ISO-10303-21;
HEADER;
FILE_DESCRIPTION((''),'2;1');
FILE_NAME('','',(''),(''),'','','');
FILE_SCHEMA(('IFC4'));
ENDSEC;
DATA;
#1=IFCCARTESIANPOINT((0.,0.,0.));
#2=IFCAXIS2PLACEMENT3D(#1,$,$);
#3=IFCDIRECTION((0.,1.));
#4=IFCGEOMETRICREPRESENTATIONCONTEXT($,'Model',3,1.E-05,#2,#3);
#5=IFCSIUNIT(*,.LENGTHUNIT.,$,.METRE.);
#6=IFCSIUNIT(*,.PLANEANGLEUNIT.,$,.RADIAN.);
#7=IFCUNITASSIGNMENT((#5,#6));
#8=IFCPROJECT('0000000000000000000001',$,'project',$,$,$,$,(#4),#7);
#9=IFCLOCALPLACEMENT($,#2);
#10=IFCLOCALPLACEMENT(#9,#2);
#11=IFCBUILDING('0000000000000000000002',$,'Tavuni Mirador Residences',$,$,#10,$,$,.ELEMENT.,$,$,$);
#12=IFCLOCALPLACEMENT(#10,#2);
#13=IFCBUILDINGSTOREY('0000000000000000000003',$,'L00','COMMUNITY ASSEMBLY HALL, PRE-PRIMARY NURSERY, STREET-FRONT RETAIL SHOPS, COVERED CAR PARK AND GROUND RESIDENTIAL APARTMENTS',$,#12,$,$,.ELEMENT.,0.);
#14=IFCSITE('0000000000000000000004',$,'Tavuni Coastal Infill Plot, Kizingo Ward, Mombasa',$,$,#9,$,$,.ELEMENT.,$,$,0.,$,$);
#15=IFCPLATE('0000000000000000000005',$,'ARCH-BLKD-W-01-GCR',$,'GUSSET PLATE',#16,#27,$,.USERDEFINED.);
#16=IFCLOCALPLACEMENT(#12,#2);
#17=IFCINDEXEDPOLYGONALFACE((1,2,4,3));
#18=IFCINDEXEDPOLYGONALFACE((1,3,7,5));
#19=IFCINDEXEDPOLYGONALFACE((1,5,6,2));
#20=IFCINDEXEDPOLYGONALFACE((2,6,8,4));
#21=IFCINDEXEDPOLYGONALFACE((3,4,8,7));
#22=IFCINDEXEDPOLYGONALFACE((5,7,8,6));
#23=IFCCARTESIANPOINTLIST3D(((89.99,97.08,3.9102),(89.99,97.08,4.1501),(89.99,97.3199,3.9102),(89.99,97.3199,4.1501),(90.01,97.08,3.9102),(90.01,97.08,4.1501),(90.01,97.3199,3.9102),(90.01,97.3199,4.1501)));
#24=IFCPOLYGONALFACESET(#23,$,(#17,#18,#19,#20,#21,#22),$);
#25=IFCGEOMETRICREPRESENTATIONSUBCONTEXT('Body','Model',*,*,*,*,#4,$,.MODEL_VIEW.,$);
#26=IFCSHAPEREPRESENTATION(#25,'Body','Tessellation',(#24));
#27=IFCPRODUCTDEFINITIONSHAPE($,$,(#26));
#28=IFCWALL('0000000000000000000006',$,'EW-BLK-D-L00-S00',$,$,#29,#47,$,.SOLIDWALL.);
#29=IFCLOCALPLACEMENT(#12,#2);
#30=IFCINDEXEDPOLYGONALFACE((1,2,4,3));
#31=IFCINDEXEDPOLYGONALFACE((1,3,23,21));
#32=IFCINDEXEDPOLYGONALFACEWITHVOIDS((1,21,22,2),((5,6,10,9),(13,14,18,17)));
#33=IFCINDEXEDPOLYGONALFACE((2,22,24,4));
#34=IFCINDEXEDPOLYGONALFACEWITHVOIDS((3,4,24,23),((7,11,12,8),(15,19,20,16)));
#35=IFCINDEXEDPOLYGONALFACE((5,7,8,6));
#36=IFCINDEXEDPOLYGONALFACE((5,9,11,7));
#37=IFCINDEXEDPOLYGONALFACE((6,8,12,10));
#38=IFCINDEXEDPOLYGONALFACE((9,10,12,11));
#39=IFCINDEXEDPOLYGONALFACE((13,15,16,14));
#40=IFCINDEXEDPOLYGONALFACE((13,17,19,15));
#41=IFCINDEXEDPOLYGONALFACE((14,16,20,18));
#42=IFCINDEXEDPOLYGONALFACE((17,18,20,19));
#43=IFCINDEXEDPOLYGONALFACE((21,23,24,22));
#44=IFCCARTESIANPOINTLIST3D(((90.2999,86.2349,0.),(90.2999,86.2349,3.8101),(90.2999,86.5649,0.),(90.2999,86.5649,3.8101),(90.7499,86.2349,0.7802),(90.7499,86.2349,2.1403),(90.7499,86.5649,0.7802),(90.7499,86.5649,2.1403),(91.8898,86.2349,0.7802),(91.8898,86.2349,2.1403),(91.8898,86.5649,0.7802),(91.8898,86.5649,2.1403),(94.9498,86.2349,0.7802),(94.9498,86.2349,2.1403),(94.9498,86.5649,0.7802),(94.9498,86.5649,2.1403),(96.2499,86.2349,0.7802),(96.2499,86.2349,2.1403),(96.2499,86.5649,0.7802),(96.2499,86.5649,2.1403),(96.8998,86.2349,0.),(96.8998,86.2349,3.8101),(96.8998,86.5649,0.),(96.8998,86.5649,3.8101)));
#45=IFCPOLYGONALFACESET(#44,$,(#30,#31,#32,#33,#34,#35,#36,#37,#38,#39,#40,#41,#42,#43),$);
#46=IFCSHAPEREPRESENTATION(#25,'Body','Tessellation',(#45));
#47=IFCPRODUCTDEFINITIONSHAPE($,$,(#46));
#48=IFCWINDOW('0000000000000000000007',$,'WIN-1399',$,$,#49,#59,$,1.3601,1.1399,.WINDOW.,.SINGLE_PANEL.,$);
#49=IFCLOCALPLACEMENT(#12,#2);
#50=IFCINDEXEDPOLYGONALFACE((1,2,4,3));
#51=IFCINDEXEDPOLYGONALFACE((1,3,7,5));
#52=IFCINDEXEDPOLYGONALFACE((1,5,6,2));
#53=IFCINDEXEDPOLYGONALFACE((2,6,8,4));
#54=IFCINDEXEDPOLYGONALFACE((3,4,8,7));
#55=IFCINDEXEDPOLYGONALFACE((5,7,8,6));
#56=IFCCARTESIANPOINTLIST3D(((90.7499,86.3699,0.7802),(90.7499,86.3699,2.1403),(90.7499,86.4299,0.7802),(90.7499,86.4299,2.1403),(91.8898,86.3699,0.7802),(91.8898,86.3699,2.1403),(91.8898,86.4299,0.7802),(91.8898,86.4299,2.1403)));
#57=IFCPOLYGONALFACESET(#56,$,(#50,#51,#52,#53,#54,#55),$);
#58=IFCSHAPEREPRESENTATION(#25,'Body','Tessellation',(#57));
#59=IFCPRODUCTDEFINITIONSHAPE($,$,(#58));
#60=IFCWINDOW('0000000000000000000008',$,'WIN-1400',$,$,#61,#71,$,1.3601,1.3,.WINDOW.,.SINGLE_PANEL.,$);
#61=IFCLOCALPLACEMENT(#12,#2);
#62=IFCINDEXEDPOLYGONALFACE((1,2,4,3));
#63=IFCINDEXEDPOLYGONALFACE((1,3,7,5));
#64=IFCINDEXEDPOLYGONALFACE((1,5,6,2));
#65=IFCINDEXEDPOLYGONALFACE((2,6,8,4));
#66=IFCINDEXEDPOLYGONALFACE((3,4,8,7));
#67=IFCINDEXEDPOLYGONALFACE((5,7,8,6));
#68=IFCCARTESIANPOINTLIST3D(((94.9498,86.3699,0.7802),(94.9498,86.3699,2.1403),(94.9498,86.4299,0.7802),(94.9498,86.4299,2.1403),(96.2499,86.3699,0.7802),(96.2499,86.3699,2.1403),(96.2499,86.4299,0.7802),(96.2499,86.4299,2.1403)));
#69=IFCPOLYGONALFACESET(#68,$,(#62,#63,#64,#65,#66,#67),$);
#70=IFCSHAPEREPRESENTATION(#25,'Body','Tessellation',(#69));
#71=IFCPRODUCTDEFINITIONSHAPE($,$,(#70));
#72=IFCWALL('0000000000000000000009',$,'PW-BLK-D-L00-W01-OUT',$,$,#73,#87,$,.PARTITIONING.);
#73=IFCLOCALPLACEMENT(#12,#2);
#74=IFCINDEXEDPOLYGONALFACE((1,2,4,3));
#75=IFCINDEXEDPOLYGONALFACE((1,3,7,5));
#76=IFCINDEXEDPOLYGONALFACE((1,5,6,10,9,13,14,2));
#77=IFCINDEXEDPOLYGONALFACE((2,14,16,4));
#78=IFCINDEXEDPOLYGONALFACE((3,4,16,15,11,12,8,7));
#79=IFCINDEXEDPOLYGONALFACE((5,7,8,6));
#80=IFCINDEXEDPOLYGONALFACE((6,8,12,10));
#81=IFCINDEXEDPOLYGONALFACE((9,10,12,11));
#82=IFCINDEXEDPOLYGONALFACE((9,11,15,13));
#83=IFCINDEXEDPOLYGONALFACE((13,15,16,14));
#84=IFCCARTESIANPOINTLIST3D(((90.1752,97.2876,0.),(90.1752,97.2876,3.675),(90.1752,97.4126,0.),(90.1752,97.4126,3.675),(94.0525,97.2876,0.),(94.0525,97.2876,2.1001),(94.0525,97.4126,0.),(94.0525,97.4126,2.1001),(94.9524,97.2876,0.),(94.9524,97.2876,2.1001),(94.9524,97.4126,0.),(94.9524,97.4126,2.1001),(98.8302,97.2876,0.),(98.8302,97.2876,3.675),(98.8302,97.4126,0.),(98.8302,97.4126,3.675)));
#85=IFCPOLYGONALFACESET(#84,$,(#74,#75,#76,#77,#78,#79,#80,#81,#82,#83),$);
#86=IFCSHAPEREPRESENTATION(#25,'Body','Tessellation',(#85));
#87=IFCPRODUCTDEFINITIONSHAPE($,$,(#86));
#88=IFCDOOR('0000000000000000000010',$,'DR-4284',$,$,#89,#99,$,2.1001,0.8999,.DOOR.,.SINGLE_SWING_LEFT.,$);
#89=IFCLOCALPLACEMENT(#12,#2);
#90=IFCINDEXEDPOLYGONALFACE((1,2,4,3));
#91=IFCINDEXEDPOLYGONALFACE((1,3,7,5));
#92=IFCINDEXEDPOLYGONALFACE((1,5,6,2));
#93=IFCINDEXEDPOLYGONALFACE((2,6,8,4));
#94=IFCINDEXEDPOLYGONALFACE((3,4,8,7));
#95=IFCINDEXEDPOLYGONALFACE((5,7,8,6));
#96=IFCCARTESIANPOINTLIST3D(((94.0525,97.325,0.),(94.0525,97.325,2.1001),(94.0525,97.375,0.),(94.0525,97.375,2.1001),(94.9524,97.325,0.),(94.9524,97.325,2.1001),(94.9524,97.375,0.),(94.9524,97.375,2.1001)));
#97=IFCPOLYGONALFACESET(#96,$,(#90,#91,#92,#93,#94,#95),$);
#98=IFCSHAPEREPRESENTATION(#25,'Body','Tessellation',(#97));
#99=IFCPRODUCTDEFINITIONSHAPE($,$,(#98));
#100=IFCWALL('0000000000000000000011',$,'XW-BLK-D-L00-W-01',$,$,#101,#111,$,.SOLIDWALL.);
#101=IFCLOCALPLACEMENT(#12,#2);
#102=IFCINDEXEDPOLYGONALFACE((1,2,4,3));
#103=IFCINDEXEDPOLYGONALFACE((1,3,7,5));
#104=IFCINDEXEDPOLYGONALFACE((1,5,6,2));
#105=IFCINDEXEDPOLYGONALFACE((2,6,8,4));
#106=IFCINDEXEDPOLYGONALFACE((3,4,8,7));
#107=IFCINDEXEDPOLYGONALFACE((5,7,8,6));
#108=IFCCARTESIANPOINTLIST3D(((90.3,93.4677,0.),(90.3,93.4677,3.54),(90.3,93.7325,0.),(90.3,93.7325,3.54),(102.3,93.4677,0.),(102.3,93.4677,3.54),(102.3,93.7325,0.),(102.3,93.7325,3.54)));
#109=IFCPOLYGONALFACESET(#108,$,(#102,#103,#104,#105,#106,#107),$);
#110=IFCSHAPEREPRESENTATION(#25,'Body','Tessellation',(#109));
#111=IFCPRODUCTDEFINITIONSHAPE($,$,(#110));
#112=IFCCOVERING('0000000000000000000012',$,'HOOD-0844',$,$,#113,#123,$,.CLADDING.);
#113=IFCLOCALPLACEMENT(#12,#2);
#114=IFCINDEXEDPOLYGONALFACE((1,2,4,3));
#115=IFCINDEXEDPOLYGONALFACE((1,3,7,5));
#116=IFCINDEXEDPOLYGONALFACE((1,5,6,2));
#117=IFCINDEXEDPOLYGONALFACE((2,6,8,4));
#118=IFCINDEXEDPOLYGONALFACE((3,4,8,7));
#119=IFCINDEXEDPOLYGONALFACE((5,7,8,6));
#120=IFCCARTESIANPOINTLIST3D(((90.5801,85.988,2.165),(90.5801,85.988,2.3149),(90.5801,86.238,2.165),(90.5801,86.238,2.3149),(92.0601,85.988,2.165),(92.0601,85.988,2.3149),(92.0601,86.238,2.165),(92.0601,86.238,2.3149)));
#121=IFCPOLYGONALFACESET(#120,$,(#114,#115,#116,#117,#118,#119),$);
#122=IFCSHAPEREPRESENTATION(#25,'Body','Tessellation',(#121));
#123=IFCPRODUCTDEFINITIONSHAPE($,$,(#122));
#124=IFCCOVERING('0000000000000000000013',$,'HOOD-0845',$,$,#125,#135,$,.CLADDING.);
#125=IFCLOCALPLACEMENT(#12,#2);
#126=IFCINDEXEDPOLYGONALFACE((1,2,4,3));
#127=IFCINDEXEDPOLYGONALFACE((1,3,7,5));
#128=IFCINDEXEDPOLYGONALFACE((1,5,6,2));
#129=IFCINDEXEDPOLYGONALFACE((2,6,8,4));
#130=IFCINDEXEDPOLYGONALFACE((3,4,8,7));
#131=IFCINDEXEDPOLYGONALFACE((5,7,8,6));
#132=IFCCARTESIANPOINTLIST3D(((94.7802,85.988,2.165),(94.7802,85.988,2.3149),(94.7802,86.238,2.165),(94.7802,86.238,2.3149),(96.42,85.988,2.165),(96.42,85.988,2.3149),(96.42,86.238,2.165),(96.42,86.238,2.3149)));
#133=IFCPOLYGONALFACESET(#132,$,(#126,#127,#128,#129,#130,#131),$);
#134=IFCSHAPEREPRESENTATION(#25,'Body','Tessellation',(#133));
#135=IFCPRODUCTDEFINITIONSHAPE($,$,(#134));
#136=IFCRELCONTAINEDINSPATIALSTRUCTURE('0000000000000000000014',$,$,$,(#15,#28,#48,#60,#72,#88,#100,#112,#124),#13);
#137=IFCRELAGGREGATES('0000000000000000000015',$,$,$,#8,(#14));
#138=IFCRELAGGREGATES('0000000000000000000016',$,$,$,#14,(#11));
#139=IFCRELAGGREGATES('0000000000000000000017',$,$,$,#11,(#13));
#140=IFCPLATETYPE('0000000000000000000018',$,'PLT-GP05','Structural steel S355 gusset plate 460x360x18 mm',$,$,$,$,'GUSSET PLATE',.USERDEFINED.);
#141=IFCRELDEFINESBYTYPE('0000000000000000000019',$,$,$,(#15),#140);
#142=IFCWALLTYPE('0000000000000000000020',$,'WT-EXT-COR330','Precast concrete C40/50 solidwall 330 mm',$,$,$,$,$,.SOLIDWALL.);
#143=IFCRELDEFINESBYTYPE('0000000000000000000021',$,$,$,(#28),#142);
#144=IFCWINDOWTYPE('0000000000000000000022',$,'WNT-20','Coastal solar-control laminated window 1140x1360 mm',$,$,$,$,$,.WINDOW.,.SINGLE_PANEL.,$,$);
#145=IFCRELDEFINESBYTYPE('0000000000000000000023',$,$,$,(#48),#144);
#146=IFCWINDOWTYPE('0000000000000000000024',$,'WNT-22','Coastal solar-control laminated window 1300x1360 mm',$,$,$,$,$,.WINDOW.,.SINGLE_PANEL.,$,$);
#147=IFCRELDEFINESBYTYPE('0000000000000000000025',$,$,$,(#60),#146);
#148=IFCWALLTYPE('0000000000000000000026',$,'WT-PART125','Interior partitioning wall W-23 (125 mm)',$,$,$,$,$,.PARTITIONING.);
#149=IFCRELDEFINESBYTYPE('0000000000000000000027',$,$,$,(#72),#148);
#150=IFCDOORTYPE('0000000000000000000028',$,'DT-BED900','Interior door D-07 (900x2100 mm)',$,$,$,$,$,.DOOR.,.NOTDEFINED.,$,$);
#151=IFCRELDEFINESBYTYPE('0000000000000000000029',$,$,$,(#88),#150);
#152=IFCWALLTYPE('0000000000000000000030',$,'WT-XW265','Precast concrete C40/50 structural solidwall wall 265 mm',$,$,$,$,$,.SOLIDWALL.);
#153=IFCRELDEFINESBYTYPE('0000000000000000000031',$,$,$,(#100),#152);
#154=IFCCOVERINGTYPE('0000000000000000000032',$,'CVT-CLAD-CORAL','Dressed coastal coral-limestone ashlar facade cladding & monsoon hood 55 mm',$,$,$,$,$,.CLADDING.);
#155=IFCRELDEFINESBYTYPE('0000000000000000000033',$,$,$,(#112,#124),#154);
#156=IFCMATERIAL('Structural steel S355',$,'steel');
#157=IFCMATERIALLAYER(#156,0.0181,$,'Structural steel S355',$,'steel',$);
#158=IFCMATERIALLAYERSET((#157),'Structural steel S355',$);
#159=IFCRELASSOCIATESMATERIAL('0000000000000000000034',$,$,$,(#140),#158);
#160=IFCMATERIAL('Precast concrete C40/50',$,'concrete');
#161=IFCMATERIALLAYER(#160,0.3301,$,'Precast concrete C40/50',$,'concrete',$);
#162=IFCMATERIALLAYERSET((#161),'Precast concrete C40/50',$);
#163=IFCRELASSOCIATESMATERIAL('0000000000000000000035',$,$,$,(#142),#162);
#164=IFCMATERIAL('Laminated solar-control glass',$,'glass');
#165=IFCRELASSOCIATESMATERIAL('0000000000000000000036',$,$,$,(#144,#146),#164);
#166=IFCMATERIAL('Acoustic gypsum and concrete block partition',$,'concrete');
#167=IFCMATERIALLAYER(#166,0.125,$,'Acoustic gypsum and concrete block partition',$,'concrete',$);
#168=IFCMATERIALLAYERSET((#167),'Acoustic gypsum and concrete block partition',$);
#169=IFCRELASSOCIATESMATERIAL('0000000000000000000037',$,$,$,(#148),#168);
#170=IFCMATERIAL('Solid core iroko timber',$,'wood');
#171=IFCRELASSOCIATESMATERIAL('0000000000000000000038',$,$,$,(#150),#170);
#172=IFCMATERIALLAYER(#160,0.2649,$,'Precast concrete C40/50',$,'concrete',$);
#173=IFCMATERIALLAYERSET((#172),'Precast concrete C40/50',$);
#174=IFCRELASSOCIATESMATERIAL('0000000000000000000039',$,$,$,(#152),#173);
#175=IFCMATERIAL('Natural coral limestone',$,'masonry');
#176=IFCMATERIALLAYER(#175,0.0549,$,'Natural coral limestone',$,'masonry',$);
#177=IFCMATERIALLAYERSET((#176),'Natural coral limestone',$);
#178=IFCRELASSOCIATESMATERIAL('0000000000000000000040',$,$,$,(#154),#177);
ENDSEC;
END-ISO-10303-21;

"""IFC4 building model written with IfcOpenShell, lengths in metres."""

from ifc_helpers import new_model, si_unit, direction, frame, frame_2d, origin, origin_2d, place, context, subcontext, project, spatial, rectangle, extrude, material, layer, layer_set, type_object, element, fill, save


model = new_model("IFC4")

# Units and contexts
model_context = context("Model", 3, precision=1e-05, world=origin(), true_north=direction((0.0, 1.0)))
body_context = subcontext(model_context, "Body", "Model", "MODEL_VIEW")
ifc_project = project(units=[si_unit("LENGTHUNIT", "METRE"), si_unit("PLANEANGLEUNIT", "RADIAN")], contexts=[model_context])

# Site, building, storey
site_placement = place(None, origin())
site = spatial("IfcSite", under=ifc_project, at=site_placement, Name="Tavuni Coastal Infill Plot, Kizingo Ward, Mombasa", CompositionType="ELEMENT", RefElevation=0.0)
building_placement = place(site_placement, origin())
building = spatial("IfcBuilding", under=site, at=building_placement, Name="Tavuni Mirador Residences", CompositionType="ELEMENT")
storey_placement = place(building_placement, origin())
storey = spatial("IfcBuildingStorey", under=building, at=storey_placement, Name="L00", Description="COMMUNITY ASSEMBLY HALL, PRE-PRIMARY NURSERY, STREET-FRONT RETAIL SHOPS, COVERED CAR PARK AND GROUND RESIDENTIAL APARTMENTS", CompositionType="ELEMENT", Elevation=0.0)

# Shared definitions
ifc_material_1 = material(Name="Precast concrete C40/50", Category="concrete")

# Shared definitions
ifc_material_2 = material(Name="Structural steel S355", Category="steel")

# Plate
ifc_layer_1 = layer(ifc_material_2, 0.0181, Name="Structural steel S355", Category="steel")
ifc_layer_set_1 = layer_set([ifc_layer_1], Name="Structural steel S355")
plate_type = type_object("IfcPlateType", Name="PLT-GP05", Description="Structural steel S355 gusset plate 460x360x18 mm", ElementType="GUSSET PLATE", PredefinedType="USERDEFINED", material=ifc_layer_set_1)
for number, where, z_axis, x_axis, name in (
    (1, (90.0, 97.2, 3.9102), (0.0, 0.0, 1.0), (1.0, 0.0, 0.0), "ARCH-BLKD-W-01-GCR"),
):
    element("IfcPlate", number, at=place(storey_placement, frame(where, z_axis=z_axis, x_axis=x_axis)), inside=storey, type_object=plate_type, Name=name, ObjectType="GUSSET PLATE", PredefinedType="USERDEFINED", context=body_context, shape_type="SweptSolid", body=[
        extrude(rectangle(XDim=0.02, YDim=0.24, at=origin_2d()), origin(), (0.0, 0.0, 1.0), 0.24),
    ])

# Wall, openings, windows
ifc_layer_2 = layer(ifc_material_1, 0.3301, Name="Precast concrete C40/50", Category="concrete")
ifc_layer_set_2 = layer_set([ifc_layer_2], Name="Precast concrete C40/50")
wall_type_1 = type_object("IfcWallType", Name="WT-EXT-COR330", Description="Precast concrete C40/50 solidwall 330 mm", PredefinedType="SOLIDWALL", material=ifc_layer_set_2)
wall_1_placement = place(storey_placement, frame((90.3, 86.3999, 0.0), z_axis=(0.0, 0.0, 1.0), x_axis=(1.0, 0.0, 0.0)))
wall_1 = element("IfcWall", 2, at=wall_1_placement, inside=storey, type_object=wall_type_1, Name="EW-BLK-D-L00-S00", PredefinedType="SOLIDWALL", context=body_context, shape_type="SweptSolid", body=[
    extrude(rectangle(XDim=6.5999, YDim=0.3301, at=frame_2d((3.2998, 0.0))), origin(), (0.0, 0.0, 1.0), 3.8101),
])
opening_1_placement = place(wall_1_placement, frame((0.45, 0.0, 0.78)))
opening_1 = element("IfcOpeningElement", 3, at=opening_1_placement, cuts=wall_1, PredefinedType="OPENING", context=body_context, shape_type="SweptSolid", body=[
    extrude(rectangle(XDim=1.1399, YDim=1.3601, at=frame_2d((0.5698, 0.6802))), frame((0.0, 0.175, 0.0), z_axis=(0.0, -1.0, 0.0), x_axis=(1.0, 0.0, 0.0)), (0.0, 0.0, 1.0), 0.3501),
])
opening_2_placement = place(wall_1_placement, frame((4.6499, 0.0, 0.78)))
opening_2 = element("IfcOpeningElement", 4, at=opening_2_placement, cuts=wall_1, PredefinedType="OPENING", context=body_context, shape_type="SweptSolid", body=[
    extrude(rectangle(XDim=1.3, YDim=1.3601, at=frame_2d((0.6499, 0.6802))), frame((0.0, 0.175, 0.0), z_axis=(0.0, -1.0, 0.0), x_axis=(1.0, 0.0, 0.0)), (0.0, 0.0, 1.0), 0.3501),
])
ifc_material_3 = material(Name="Laminated solar-control glass", Category="glass")
window_type_1 = type_object("IfcWindowType", Name="WNT-20", Description="Coastal solar-control laminated window 1140x1360 mm", PartitioningType="SINGLE_PANEL", PredefinedType="WINDOW", material=ifc_material_3)
window_1_placement = place(opening_1_placement, origin())
window_1 = element("IfcWindow", 5, at=window_1_placement, inside=storey, type_object=window_type_1, Name="WIN-1399", OverallHeight=1.3601, OverallWidth=1.1399, PartitioningType="SINGLE_PANEL", PredefinedType="WINDOW", context=body_context, shape_type="SweptSolid", body=[
    extrude(rectangle(XDim=1.1399, YDim=1.3601, at=frame_2d((0.5698, 0.6802))), frame((0.0, 0.03, 0.0), z_axis=(0.0, -1.0, 0.0), x_axis=(1.0, 0.0, 0.0)), (0.0, 0.0, 1.0), 0.0601),
])
fill(opening_1, window_1)
window_type_2 = type_object("IfcWindowType", Name="WNT-22", Description="Coastal solar-control laminated window 1300x1360 mm", PartitioningType="SINGLE_PANEL", PredefinedType="WINDOW", material=ifc_material_3)
window_2_placement = place(opening_2_placement, origin())
window_2 = element("IfcWindow", 6, at=window_2_placement, inside=storey, type_object=window_type_2, Name="WIN-1400", OverallHeight=1.3601, OverallWidth=1.3, PartitioningType="SINGLE_PANEL", PredefinedType="WINDOW", context=body_context, shape_type="SweptSolid", body=[
    extrude(rectangle(XDim=1.3, YDim=1.3601, at=frame_2d((0.6499, 0.6802))), frame((0.0, 0.03, 0.0), z_axis=(0.0, -1.0, 0.0), x_axis=(1.0, 0.0, 0.0)), (0.0, 0.0, 1.0), 0.0601),
])
fill(opening_2, window_2)

# Wall, opening, door
ifc_material_4 = material(Name="Acoustic gypsum and concrete block partition", Category="concrete")
ifc_layer_3 = layer(ifc_material_4, 0.125, Name="Acoustic gypsum and concrete block partition", Category="concrete")
ifc_layer_set_3 = layer_set([ifc_layer_3], Name="Acoustic gypsum and concrete block partition")
wall_type_2 = type_object("IfcWallType", Name="WT-PART125", Description="Interior partitioning wall W-23 (125 mm)", PredefinedType="PARTITIONING", material=ifc_layer_set_3)
wall_2_placement = place(storey_placement, frame((90.175, 97.3501, 0.0), z_axis=(0.0, 0.0, 1.0), x_axis=(1.0, 0.0, 0.0)))
wall_2 = element("IfcWall", 7, at=wall_2_placement, inside=storey, type_object=wall_type_2, Name="PW-BLK-D-L00-W01-OUT", PredefinedType="PARTITIONING", context=body_context, shape_type="SweptSolid", body=[
    extrude(rectangle(XDim=8.655, YDim=0.125, at=frame_2d((4.3276, 0.0))), origin(), (0.0, 0.0, 1.0), 3.675),
])
opening_3_placement = place(wall_2_placement, frame((3.8774, 0.0, 0.0)))
opening_3 = element("IfcOpeningElement", 8, at=opening_3_placement, cuts=wall_2, PredefinedType="OPENING", context=body_context, shape_type="SweptSolid", body=[
    extrude(rectangle(XDim=0.8999, YDim=2.1001, at=frame_2d((0.45, 1.05))), frame((0.0, 0.0725, 0.0), z_axis=(0.0, -1.0, 0.0), x_axis=(1.0, 0.0, 0.0)), (0.0, 0.0, 1.0), 0.145),
])
ifc_material_5 = material(Name="Solid core iroko timber", Category="wood")
door_type = type_object("IfcDoorType", Name="DT-BED900", Description="Interior door D-07 (900x2100 mm)", OperationType="NOTDEFINED", PredefinedType="DOOR", material=ifc_material_5)
door_placement = place(opening_3_placement, origin())
door = element("IfcDoor", 9, at=door_placement, inside=storey, type_object=door_type, Name="DR-4284", OperationType="SINGLE_SWING_LEFT", OverallHeight=2.1001, OverallWidth=0.8999, PredefinedType="DOOR", context=body_context, shape_type="SweptSolid", body=[
    extrude(rectangle(XDim=0.8999, YDim=2.1001, at=frame_2d((0.45, 1.05))), frame((0.0, 0.0249, 0.0), z_axis=(0.0, -1.0, 0.0), x_axis=(1.0, 0.0, 0.0)), (0.0, 0.0, 1.0), 0.05),
])
fill(opening_3, door)

# Wall
ifc_layer_4 = layer(ifc_material_1, 0.2649, Name="Precast concrete C40/50", Category="concrete")
ifc_layer_set_4 = layer_set([ifc_layer_4], Name="Precast concrete C40/50")
wall_type_3 = type_object("IfcWallType", Name="WT-XW265", Description="Precast concrete C40/50 structural solidwall wall 265 mm", PredefinedType="SOLIDWALL", material=ifc_layer_set_4)
wall_3_placement = place(storey_placement, frame((90.3, 93.6001, 0.0), z_axis=(0.0, 0.0, 1.0), x_axis=(1.0, 0.0, 0.0)))
element("IfcWall", 10, at=wall_3_placement, inside=storey, type_object=wall_type_3, Name="XW-BLK-D-L00-W-01", PredefinedType="SOLIDWALL", context=body_context, shape_type="SweptSolid", body=[
    extrude(rectangle(XDim=12.0, YDim=0.2649, at=frame_2d((6.0, 0.0))), origin(), (0.0, 0.0, 1.0), 3.54),
])

# Coverings
ifc_material_6 = material(Name="Natural coral limestone", Category="masonry")
ifc_layer_5 = layer(ifc_material_6, 0.0549, Name="Natural coral limestone", Category="masonry")
ifc_layer_set_5 = layer_set([ifc_layer_5], Name="Natural coral limestone")
covering_type = type_object("IfcCoveringType", Name="CVT-CLAD-CORAL", Description="Dressed coastal coral-limestone ashlar facade cladding & monsoon hood 55 mm", PredefinedType="CLADDING", material=ifc_layer_set_5)
covering_1_placement = place(storey_placement, frame((91.3201, 86.113, 2.165), z_axis=(0.0, 0.0, 1.0), x_axis=(1.0, 0.0, 0.0)))
element("IfcCovering", 11, at=covering_1_placement, inside=storey, type_object=covering_type, Name="HOOD-0844", PredefinedType="CLADDING", context=body_context, shape_type="SweptSolid", body=[
    extrude(rectangle(XDim=1.48, YDim=0.25, at=origin_2d()), origin(), (0.0, 0.0, 1.0), 0.1499),
])
covering_2_placement = place(storey_placement, frame((95.6001, 86.113, 2.165), z_axis=(0.0, 0.0, 1.0), x_axis=(1.0, 0.0, 0.0)))
element("IfcCovering", 12, at=covering_2_placement, inside=storey, type_object=covering_type, Name="HOOD-0845", PredefinedType="CLADDING", context=body_context, shape_type="SweptSolid", body=[
    extrude(rectangle(XDim=1.6399, YDim=0.25, at=origin_2d()), origin(), (0.0, 0.0, 1.0), 0.1499),
])

save(model, "model.ifc")
